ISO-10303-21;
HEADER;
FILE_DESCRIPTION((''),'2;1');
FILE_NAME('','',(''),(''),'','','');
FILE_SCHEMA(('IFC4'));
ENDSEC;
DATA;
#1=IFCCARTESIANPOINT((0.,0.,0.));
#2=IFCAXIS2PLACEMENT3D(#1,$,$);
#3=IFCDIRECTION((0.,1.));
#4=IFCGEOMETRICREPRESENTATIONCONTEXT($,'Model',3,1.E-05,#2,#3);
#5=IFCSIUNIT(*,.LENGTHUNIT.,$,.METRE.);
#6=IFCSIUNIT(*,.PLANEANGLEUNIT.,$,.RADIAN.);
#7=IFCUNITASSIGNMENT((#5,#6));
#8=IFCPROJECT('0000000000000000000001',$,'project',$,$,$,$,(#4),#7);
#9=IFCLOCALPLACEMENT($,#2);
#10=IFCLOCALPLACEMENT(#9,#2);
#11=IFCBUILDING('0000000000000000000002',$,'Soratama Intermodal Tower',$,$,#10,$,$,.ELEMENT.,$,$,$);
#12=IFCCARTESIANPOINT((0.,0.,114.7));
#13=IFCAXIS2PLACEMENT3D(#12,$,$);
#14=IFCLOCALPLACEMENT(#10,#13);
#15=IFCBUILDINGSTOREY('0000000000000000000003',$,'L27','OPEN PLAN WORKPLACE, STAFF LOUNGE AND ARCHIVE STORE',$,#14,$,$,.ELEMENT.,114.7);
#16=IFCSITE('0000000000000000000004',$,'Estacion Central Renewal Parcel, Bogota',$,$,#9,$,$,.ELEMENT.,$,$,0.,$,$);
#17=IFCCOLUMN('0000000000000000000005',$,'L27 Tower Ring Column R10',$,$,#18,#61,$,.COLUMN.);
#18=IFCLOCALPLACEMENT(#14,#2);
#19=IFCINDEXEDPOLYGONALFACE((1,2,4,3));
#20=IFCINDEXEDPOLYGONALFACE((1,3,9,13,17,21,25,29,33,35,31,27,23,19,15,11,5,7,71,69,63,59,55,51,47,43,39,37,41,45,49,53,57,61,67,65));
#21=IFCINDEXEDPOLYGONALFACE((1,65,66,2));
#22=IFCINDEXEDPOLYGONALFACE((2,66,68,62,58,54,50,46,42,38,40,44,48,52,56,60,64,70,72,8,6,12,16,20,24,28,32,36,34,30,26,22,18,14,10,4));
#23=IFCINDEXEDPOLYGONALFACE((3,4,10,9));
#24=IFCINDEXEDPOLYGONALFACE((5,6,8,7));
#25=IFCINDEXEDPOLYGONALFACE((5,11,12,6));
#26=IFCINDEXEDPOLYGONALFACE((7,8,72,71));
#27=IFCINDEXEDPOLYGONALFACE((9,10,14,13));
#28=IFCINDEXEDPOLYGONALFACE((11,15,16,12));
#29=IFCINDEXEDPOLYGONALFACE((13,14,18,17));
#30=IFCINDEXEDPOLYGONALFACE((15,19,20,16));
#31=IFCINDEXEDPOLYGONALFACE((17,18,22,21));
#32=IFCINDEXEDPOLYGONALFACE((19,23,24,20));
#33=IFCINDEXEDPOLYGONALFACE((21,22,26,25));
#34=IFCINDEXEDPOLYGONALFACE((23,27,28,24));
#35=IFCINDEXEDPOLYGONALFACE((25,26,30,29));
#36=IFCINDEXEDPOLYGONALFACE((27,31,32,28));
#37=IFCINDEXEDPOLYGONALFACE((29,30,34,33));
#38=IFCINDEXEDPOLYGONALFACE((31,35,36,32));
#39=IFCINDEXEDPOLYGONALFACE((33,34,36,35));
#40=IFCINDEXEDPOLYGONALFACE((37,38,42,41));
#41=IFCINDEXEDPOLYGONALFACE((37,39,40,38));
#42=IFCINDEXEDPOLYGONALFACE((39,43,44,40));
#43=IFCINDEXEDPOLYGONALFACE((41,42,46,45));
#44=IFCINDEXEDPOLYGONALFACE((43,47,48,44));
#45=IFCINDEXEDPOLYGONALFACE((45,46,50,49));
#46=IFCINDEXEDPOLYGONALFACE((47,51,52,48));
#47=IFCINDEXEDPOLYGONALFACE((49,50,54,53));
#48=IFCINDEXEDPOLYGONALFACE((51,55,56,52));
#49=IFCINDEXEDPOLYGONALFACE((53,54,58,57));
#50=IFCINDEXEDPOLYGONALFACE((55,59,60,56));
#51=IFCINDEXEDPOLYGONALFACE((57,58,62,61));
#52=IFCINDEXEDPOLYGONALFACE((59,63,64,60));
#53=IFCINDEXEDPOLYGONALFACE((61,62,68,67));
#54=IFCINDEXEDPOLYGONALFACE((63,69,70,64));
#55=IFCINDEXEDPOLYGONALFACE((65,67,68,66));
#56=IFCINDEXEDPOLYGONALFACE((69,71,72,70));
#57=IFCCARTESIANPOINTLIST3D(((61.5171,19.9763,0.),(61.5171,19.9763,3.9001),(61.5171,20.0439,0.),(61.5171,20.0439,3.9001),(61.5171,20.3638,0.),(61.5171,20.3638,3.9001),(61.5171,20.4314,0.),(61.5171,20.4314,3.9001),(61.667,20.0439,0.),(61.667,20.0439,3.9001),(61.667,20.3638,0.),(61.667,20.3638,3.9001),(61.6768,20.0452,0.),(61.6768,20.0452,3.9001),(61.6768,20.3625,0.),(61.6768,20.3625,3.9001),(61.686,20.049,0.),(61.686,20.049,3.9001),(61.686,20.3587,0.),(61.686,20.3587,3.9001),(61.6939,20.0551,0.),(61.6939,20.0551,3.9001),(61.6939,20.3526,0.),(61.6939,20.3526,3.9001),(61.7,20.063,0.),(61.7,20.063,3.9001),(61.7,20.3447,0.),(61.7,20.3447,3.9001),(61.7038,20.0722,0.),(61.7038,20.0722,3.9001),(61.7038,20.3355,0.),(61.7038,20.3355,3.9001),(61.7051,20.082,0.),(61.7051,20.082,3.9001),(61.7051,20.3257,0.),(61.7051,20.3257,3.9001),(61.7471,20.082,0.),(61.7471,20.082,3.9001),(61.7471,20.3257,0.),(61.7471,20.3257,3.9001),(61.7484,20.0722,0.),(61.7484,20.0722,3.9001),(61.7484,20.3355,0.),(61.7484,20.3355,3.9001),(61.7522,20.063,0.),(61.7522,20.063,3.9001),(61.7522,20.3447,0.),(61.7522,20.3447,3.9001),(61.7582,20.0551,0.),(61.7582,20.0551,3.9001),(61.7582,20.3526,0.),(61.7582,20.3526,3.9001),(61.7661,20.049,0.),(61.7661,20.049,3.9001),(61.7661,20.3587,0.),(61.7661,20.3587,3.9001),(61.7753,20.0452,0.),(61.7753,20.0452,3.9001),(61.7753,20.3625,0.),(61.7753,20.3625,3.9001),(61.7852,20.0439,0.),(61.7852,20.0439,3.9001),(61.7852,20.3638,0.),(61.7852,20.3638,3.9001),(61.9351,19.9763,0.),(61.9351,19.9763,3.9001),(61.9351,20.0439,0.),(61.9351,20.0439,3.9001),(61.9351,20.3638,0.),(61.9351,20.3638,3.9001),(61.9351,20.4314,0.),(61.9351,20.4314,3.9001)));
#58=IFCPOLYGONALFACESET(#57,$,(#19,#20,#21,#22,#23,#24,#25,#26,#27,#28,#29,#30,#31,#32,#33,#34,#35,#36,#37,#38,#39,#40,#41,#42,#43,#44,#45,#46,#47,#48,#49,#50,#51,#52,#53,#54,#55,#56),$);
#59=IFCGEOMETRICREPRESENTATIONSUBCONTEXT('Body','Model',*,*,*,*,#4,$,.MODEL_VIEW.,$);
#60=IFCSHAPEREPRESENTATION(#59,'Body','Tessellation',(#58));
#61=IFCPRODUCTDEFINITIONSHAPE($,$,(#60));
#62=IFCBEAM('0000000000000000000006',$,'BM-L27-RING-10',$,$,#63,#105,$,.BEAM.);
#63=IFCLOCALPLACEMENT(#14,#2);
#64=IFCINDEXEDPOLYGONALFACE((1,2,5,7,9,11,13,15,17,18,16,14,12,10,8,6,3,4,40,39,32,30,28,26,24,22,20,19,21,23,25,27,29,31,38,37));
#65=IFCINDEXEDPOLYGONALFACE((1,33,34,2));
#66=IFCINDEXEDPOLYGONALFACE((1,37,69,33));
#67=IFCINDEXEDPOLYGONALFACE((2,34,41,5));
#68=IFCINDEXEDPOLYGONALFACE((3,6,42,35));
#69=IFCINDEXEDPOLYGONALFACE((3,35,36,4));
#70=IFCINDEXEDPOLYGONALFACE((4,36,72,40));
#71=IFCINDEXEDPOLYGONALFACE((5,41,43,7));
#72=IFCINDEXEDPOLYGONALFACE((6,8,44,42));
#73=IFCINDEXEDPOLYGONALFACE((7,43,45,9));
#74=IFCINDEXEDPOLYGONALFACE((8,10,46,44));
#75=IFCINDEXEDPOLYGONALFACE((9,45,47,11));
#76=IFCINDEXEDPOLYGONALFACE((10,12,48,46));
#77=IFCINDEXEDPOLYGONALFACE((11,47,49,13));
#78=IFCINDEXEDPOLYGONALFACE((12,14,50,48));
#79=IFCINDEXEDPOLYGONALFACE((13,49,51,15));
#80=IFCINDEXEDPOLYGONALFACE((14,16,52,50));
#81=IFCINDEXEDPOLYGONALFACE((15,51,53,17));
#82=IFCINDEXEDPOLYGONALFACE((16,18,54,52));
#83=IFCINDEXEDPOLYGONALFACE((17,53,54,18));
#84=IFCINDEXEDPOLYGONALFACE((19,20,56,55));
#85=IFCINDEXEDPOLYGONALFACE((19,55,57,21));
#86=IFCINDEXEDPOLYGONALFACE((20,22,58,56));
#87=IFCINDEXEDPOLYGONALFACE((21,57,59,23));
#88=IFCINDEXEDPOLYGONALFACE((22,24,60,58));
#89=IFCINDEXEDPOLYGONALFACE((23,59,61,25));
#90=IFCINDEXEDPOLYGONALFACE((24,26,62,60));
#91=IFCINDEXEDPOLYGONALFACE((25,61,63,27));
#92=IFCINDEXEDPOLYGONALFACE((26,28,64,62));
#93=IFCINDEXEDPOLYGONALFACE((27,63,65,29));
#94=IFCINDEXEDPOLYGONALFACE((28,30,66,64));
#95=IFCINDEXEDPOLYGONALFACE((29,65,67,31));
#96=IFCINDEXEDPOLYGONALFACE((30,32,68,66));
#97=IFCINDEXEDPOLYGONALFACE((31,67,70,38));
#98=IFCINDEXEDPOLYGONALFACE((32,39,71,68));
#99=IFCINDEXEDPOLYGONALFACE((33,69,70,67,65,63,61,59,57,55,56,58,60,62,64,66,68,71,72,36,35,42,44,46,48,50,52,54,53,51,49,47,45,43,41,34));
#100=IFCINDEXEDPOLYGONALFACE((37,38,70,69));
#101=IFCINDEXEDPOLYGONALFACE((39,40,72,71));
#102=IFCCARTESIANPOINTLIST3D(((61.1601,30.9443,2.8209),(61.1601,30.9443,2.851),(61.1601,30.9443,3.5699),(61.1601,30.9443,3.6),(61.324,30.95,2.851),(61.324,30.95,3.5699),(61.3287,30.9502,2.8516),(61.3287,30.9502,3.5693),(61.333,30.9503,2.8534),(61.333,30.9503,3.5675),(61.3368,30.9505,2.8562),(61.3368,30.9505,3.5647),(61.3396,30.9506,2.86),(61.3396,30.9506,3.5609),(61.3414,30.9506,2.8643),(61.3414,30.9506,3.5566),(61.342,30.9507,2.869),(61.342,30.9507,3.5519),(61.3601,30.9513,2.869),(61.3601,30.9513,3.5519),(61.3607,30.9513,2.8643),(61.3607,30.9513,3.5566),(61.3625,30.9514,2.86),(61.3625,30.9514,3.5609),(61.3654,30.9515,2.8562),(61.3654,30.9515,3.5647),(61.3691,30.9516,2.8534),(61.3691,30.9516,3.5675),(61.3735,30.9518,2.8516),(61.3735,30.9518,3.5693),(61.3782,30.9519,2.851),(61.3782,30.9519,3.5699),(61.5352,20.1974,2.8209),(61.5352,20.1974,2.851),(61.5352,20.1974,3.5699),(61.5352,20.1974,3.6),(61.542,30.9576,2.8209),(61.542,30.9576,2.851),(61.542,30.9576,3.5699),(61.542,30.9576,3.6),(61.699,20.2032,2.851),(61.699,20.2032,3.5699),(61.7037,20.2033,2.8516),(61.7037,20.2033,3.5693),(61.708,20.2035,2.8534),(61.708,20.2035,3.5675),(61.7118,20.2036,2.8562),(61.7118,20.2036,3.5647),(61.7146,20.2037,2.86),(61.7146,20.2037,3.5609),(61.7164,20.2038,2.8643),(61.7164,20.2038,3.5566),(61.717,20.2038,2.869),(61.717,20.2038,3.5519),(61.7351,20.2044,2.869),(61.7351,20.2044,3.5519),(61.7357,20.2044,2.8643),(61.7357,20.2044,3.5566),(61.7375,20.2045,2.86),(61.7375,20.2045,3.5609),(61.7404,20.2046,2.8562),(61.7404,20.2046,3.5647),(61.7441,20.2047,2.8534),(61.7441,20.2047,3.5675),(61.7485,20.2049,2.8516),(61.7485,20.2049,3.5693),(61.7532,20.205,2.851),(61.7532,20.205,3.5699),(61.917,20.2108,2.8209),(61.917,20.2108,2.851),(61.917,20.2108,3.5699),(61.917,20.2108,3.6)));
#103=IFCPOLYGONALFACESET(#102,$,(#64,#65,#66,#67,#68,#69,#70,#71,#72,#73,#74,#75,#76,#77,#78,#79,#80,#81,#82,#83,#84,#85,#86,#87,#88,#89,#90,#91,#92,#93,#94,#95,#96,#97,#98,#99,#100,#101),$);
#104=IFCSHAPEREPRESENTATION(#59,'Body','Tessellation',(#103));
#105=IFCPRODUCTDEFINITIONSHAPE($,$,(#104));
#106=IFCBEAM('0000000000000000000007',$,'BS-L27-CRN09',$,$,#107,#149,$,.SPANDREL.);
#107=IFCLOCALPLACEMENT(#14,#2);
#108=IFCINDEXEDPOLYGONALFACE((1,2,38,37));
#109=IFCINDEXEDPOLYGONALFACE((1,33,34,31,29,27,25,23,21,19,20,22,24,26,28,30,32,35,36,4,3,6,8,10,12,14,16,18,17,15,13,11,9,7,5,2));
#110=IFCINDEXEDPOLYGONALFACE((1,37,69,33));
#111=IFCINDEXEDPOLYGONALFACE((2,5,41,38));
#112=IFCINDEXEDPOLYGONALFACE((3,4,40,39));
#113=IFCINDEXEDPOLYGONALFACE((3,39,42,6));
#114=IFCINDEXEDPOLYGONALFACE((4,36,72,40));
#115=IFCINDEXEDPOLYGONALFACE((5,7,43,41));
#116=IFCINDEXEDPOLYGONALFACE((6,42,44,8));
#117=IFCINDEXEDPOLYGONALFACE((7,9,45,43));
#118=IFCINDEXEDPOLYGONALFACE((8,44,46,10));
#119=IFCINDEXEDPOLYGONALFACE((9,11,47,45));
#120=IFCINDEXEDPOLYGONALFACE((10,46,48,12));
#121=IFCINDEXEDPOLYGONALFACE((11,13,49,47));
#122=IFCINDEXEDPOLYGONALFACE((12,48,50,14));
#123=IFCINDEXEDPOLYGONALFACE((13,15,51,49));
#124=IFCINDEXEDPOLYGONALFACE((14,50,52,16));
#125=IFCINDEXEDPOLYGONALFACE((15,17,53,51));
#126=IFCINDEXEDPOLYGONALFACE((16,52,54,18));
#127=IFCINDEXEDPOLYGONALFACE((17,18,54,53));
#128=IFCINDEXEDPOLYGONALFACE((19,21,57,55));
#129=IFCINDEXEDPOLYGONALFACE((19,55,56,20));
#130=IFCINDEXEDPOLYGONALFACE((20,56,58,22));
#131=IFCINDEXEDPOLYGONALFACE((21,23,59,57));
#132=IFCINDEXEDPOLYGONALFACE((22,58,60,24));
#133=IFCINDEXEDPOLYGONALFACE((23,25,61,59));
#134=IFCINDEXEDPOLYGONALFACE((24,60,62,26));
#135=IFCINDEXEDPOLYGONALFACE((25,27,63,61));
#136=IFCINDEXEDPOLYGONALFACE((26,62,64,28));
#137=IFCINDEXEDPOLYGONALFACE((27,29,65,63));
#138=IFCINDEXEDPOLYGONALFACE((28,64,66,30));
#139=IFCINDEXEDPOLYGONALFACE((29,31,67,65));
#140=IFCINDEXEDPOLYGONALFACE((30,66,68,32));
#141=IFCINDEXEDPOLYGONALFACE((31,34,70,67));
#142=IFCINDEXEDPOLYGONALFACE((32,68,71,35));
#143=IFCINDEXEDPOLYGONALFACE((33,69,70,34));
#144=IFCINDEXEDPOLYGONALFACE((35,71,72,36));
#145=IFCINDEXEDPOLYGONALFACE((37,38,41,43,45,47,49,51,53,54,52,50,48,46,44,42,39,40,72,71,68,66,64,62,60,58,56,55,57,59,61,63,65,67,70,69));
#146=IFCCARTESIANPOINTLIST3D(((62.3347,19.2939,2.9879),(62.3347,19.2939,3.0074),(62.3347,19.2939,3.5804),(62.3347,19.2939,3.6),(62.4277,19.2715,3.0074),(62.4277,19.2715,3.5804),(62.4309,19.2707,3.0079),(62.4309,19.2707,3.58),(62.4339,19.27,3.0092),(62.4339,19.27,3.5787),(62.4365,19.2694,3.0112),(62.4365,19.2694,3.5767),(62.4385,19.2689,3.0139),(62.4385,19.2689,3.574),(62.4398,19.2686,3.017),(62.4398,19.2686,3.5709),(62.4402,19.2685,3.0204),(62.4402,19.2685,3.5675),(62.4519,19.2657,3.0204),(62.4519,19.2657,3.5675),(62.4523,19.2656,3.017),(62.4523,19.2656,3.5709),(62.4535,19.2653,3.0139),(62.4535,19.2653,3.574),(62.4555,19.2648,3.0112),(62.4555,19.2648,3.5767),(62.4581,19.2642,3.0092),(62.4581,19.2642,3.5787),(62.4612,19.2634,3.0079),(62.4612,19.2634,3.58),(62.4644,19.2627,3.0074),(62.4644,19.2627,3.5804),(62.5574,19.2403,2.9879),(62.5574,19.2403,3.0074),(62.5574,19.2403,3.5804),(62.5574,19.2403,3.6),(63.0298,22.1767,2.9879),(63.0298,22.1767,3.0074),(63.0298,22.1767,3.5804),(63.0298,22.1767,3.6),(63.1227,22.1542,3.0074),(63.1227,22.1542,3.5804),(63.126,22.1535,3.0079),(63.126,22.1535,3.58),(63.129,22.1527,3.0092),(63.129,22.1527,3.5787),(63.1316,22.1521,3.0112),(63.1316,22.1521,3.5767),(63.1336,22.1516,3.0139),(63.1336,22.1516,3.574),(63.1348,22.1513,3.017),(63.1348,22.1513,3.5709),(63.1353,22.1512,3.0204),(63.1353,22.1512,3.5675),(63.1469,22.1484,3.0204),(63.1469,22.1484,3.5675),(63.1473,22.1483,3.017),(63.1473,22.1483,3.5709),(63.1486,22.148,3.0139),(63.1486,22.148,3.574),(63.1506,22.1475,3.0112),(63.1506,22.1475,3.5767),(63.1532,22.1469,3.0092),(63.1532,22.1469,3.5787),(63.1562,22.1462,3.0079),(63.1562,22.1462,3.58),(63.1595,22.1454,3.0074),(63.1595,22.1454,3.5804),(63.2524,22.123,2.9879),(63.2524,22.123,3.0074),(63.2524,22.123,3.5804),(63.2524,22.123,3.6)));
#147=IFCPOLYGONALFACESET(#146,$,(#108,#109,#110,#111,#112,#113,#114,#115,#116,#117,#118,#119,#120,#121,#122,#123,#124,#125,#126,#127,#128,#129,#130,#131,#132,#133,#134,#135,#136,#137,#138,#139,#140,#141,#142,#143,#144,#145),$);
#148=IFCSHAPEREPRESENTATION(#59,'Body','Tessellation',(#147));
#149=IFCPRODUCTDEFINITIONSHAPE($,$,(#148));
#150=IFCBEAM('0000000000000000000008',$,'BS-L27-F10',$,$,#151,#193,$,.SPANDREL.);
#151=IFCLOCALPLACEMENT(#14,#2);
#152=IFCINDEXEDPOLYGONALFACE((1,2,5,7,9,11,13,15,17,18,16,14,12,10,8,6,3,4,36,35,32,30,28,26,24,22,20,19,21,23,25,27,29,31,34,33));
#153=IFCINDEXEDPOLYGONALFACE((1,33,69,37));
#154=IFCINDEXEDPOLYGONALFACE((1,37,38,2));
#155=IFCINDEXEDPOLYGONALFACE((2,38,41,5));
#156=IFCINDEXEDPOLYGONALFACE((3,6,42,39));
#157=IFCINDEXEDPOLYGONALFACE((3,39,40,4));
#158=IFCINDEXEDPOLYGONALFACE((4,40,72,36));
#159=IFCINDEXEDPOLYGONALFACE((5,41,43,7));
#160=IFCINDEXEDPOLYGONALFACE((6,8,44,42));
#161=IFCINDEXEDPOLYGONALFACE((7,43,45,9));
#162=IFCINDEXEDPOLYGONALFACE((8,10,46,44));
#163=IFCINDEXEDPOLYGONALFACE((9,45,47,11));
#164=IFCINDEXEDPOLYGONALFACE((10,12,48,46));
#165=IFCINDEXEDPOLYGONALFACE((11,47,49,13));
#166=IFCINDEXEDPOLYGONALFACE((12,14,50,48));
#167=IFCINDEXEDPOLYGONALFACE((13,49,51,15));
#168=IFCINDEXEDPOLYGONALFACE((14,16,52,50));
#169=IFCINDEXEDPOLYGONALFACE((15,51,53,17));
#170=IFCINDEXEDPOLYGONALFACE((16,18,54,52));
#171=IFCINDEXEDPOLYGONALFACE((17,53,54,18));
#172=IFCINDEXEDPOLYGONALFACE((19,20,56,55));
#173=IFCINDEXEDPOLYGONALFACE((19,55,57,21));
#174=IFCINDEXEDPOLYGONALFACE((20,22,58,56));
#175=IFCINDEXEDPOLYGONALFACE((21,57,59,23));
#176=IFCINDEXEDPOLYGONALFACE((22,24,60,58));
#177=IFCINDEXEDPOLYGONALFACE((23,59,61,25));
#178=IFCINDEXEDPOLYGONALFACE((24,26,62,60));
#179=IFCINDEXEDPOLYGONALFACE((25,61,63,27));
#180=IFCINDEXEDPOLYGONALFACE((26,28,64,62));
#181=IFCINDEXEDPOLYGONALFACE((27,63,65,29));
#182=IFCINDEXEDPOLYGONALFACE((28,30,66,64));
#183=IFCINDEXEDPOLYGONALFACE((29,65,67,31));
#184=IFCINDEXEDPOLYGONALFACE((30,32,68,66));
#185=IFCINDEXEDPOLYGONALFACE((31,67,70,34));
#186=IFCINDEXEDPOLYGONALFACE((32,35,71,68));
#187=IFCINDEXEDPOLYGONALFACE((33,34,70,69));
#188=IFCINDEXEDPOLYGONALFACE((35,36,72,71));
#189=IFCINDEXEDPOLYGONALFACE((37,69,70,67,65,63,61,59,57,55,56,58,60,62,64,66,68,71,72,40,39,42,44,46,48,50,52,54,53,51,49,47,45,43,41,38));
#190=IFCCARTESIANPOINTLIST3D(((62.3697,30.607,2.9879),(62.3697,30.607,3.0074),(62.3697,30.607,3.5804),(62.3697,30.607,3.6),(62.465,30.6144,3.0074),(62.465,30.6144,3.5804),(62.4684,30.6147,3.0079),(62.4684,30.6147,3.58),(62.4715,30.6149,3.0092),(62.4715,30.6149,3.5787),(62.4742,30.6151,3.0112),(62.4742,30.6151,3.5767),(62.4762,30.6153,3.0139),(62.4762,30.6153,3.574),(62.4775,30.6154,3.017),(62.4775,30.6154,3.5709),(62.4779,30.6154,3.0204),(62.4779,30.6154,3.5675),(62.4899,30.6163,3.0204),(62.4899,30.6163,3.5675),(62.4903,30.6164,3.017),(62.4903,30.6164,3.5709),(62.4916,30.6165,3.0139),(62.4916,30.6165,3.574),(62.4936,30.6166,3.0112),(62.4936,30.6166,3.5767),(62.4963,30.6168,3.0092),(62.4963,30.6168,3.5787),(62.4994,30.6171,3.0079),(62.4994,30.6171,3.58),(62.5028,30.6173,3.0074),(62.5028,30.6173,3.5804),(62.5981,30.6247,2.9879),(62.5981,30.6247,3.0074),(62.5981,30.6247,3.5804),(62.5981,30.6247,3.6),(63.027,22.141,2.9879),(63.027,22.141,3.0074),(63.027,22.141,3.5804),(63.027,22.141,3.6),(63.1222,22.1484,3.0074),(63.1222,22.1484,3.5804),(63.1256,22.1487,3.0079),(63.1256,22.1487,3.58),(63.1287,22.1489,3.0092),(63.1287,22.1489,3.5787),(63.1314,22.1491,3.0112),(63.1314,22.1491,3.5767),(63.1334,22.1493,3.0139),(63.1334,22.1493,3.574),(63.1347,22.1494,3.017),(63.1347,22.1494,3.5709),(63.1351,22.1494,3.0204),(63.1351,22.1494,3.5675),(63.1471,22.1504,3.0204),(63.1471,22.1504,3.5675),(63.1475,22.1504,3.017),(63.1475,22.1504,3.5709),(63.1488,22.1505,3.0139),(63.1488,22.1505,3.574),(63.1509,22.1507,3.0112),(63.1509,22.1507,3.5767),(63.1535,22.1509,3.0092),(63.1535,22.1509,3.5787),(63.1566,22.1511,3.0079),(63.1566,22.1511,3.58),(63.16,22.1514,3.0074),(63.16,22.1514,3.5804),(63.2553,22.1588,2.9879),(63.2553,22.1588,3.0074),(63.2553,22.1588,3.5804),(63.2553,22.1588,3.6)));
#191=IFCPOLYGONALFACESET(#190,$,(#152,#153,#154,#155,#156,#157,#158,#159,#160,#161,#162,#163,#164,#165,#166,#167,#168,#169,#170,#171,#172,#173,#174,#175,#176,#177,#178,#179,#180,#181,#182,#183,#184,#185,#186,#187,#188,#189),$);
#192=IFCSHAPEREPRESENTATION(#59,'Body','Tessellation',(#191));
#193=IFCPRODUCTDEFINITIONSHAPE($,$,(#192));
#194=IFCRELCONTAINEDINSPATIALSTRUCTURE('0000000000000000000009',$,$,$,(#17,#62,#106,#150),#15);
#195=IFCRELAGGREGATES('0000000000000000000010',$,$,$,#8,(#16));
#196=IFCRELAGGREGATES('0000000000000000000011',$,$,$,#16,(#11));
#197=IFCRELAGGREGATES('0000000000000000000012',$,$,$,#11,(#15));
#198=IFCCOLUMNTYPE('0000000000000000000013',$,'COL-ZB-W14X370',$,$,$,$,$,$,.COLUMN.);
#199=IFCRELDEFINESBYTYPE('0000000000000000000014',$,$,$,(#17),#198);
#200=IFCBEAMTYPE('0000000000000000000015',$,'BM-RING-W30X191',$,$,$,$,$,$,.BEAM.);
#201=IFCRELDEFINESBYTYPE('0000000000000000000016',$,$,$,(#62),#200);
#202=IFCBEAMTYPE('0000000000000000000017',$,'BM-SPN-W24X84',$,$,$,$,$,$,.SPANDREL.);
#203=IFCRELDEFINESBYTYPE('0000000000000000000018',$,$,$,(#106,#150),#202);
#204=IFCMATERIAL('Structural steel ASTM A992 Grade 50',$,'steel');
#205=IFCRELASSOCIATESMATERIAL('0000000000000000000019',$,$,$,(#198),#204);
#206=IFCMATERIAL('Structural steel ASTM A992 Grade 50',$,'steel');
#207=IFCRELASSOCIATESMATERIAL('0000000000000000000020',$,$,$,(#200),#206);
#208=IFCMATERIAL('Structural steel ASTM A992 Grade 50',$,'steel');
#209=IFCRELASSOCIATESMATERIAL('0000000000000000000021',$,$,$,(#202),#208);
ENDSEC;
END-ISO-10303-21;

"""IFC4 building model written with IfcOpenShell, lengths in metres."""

from ifc_helpers import new_model, si_unit, direction, frame, origin, origin_2d, place, context, subcontext, project, spatial, i_section, extrude, material, material_profile, profile_set, type_object, element, save


model = new_model("IFC4")

# Units and contexts
model_context = context("Model", 3, precision=1e-05, world=origin(), true_north=direction((0.0, 1.0)))
body_context = subcontext(model_context, "Body", "Model", "MODEL_VIEW")
ifc_project = project(units=[si_unit("LENGTHUNIT", "METRE"), si_unit("PLANEANGLEUNIT", "RADIAN")], contexts=[model_context])

# Site, building, storey
site_placement = place(None, origin())
site = spatial("IfcSite", under=ifc_project, at=site_placement, Name="Estacion Central Renewal Parcel, Bogota", CompositionType="ELEMENT", RefElevation=0.0)
building_placement = place(site_placement, origin())
building = spatial("IfcBuilding", under=site, at=building_placement, Name="Soratama Intermodal Tower", CompositionType="ELEMENT")
storey_placement = place(building_placement, frame((0.0, 0.0, 114.7)))
storey = spatial("IfcBuildingStorey", under=building, at=storey_placement, Name="L27", Description="OPEN PLAN WORKPLACE, STAFF LOUNGE AND ARCHIVE STORE", CompositionType="ELEMENT", Elevation=114.7)

# Column
ifc_material_1 = material(Name="Structural steel ASTM A992 Grade 50", Category="steel")
ifc_material_profile_1 = material_profile(ifc_material_1, i_section(OverallWidth=0.418, OverallDepth=0.4551, WebThickness=0.042, FlangeThickness=0.0676, FilletRadius=0.0381, at=origin_2d()), Name="W14X370")
ifc_profile_set_1 = profile_set([ifc_material_profile_1], Name="Structural steel ASTM A992 Grade 50")
column_type = type_object("IfcColumnType", Name="COL-ZB-W14X370", PredefinedType="COLUMN", material=ifc_profile_set_1)
column_placement = place(storey_placement, frame((61.7261, 20.2039, 0.0), z_axis=(0.0, 0.0, 1.0), x_axis=(1.0, 0.0, 0.0)))
element("IfcColumn", 1, at=column_placement, inside=storey, type_object=column_type, Name="L27 Tower Ring Column R10", PredefinedType="COLUMN", context=body_context, shape_type="SweptSolid", body=[
    extrude(i_section(OverallWidth=0.418, OverallDepth=0.4551, WebThickness=0.042, FlangeThickness=0.0676, FilletRadius=0.0381, at=origin_2d()), origin(), (0.0, 0.0, 1.0), 3.9001),
])

# Beams
ifc_material_2 = material(Name="Structural steel ASTM A992 Grade 50", Category="steel")
ifc_material_profile_2 = material_profile(ifc_material_2, i_section(OverallWidth=0.3821, OverallDepth=0.7791, WebThickness=0.0181, FlangeThickness=0.03, FilletRadius=0.0181, at=origin_2d()), Name="W30X191")
ifc_profile_set_2 = profile_set([ifc_material_profile_2], Name="Structural steel ASTM A992 Grade 50")
beam_type_1 = type_object("IfcBeamType", Name="BM-RING-W30X191", PredefinedType="BEAM", material=ifc_profile_set_2)
beam_1_placement = place(storey_placement, frame((61.7261, 20.2041, 3.2104), z_axis=(-0.034873, 0.999392, 0.0), x_axis=(-0.999392, -0.034873, 0.0)))
element("IfcBeam", 2, at=beam_1_placement, inside=storey, type_object=beam_type_1, Name="BM-L27-RING-10", PredefinedType="BEAM", context=body_context, shape_type="SweptSolid", body=[
    extrude(i_section(OverallWidth=0.3821, OverallDepth=0.7791, WebThickness=0.0181, FlangeThickness=0.03, FilletRadius=0.0181, at=origin_2d()), origin(), (0.0, 0.0, 1.0), 10.7534),
])
ifc_material_3 = material(Name="Structural steel ASTM A992 Grade 50", Category="steel")
ifc_material_profile_3 = material_profile(ifc_material_3, i_section(OverallWidth=0.229, OverallDepth=0.6121, WebThickness=0.012, FlangeThickness=0.0195, FilletRadius=0.0129, at=origin_2d()), Name="W24X84")
ifc_profile_set_3 = profile_set([ifc_material_profile_3], Name="Structural steel ASTM A992 Grade 50")
beam_type_2 = type_object("IfcBeamType", Name="BM-SPN-W24X84", PredefinedType="SPANDREL", material=ifc_profile_set_3)
beam_2_placement = place(storey_placement, frame((62.446, 19.2671, 3.2939), z_axis=(0.234391, 0.972142, 0.0), x_axis=(-0.972142, 0.234391, 0.0)))
element("IfcBeam", 3, at=beam_2_placement, inside=storey, type_object=beam_type_2, Name="BS-L27-CRN09", PredefinedType="SPANDREL", context=body_context, shape_type="SweptSolid", body=[
    extrude(i_section(OverallWidth=0.229, OverallDepth=0.6121, WebThickness=0.012, FlangeThickness=0.0195, FilletRadius=0.0129, at=origin_2d()), origin(), (0.0, 0.0, 1.0), 2.9653),
])
beam_3_placement = place(storey_placement, frame((63.1411, 22.1499, 3.2939), z_axis=(-0.077398, 0.997, 0.0), x_axis=(-0.997, -0.077398, 0.0)))
element("IfcBeam", 4, at=beam_3_placement, inside=storey, type_object=beam_type_2, Name="BS-L27-F10", PredefinedType="SPANDREL", context=body_context, shape_type="SweptSolid", body=[
    extrude(i_section(OverallWidth=0.229, OverallDepth=0.6121, WebThickness=0.012, FlangeThickness=0.0195, FilletRadius=0.0129, at=origin_2d()), origin(), (0.0, 0.0, 1.0), 8.4915),
])

save(model, "model.ifc")
